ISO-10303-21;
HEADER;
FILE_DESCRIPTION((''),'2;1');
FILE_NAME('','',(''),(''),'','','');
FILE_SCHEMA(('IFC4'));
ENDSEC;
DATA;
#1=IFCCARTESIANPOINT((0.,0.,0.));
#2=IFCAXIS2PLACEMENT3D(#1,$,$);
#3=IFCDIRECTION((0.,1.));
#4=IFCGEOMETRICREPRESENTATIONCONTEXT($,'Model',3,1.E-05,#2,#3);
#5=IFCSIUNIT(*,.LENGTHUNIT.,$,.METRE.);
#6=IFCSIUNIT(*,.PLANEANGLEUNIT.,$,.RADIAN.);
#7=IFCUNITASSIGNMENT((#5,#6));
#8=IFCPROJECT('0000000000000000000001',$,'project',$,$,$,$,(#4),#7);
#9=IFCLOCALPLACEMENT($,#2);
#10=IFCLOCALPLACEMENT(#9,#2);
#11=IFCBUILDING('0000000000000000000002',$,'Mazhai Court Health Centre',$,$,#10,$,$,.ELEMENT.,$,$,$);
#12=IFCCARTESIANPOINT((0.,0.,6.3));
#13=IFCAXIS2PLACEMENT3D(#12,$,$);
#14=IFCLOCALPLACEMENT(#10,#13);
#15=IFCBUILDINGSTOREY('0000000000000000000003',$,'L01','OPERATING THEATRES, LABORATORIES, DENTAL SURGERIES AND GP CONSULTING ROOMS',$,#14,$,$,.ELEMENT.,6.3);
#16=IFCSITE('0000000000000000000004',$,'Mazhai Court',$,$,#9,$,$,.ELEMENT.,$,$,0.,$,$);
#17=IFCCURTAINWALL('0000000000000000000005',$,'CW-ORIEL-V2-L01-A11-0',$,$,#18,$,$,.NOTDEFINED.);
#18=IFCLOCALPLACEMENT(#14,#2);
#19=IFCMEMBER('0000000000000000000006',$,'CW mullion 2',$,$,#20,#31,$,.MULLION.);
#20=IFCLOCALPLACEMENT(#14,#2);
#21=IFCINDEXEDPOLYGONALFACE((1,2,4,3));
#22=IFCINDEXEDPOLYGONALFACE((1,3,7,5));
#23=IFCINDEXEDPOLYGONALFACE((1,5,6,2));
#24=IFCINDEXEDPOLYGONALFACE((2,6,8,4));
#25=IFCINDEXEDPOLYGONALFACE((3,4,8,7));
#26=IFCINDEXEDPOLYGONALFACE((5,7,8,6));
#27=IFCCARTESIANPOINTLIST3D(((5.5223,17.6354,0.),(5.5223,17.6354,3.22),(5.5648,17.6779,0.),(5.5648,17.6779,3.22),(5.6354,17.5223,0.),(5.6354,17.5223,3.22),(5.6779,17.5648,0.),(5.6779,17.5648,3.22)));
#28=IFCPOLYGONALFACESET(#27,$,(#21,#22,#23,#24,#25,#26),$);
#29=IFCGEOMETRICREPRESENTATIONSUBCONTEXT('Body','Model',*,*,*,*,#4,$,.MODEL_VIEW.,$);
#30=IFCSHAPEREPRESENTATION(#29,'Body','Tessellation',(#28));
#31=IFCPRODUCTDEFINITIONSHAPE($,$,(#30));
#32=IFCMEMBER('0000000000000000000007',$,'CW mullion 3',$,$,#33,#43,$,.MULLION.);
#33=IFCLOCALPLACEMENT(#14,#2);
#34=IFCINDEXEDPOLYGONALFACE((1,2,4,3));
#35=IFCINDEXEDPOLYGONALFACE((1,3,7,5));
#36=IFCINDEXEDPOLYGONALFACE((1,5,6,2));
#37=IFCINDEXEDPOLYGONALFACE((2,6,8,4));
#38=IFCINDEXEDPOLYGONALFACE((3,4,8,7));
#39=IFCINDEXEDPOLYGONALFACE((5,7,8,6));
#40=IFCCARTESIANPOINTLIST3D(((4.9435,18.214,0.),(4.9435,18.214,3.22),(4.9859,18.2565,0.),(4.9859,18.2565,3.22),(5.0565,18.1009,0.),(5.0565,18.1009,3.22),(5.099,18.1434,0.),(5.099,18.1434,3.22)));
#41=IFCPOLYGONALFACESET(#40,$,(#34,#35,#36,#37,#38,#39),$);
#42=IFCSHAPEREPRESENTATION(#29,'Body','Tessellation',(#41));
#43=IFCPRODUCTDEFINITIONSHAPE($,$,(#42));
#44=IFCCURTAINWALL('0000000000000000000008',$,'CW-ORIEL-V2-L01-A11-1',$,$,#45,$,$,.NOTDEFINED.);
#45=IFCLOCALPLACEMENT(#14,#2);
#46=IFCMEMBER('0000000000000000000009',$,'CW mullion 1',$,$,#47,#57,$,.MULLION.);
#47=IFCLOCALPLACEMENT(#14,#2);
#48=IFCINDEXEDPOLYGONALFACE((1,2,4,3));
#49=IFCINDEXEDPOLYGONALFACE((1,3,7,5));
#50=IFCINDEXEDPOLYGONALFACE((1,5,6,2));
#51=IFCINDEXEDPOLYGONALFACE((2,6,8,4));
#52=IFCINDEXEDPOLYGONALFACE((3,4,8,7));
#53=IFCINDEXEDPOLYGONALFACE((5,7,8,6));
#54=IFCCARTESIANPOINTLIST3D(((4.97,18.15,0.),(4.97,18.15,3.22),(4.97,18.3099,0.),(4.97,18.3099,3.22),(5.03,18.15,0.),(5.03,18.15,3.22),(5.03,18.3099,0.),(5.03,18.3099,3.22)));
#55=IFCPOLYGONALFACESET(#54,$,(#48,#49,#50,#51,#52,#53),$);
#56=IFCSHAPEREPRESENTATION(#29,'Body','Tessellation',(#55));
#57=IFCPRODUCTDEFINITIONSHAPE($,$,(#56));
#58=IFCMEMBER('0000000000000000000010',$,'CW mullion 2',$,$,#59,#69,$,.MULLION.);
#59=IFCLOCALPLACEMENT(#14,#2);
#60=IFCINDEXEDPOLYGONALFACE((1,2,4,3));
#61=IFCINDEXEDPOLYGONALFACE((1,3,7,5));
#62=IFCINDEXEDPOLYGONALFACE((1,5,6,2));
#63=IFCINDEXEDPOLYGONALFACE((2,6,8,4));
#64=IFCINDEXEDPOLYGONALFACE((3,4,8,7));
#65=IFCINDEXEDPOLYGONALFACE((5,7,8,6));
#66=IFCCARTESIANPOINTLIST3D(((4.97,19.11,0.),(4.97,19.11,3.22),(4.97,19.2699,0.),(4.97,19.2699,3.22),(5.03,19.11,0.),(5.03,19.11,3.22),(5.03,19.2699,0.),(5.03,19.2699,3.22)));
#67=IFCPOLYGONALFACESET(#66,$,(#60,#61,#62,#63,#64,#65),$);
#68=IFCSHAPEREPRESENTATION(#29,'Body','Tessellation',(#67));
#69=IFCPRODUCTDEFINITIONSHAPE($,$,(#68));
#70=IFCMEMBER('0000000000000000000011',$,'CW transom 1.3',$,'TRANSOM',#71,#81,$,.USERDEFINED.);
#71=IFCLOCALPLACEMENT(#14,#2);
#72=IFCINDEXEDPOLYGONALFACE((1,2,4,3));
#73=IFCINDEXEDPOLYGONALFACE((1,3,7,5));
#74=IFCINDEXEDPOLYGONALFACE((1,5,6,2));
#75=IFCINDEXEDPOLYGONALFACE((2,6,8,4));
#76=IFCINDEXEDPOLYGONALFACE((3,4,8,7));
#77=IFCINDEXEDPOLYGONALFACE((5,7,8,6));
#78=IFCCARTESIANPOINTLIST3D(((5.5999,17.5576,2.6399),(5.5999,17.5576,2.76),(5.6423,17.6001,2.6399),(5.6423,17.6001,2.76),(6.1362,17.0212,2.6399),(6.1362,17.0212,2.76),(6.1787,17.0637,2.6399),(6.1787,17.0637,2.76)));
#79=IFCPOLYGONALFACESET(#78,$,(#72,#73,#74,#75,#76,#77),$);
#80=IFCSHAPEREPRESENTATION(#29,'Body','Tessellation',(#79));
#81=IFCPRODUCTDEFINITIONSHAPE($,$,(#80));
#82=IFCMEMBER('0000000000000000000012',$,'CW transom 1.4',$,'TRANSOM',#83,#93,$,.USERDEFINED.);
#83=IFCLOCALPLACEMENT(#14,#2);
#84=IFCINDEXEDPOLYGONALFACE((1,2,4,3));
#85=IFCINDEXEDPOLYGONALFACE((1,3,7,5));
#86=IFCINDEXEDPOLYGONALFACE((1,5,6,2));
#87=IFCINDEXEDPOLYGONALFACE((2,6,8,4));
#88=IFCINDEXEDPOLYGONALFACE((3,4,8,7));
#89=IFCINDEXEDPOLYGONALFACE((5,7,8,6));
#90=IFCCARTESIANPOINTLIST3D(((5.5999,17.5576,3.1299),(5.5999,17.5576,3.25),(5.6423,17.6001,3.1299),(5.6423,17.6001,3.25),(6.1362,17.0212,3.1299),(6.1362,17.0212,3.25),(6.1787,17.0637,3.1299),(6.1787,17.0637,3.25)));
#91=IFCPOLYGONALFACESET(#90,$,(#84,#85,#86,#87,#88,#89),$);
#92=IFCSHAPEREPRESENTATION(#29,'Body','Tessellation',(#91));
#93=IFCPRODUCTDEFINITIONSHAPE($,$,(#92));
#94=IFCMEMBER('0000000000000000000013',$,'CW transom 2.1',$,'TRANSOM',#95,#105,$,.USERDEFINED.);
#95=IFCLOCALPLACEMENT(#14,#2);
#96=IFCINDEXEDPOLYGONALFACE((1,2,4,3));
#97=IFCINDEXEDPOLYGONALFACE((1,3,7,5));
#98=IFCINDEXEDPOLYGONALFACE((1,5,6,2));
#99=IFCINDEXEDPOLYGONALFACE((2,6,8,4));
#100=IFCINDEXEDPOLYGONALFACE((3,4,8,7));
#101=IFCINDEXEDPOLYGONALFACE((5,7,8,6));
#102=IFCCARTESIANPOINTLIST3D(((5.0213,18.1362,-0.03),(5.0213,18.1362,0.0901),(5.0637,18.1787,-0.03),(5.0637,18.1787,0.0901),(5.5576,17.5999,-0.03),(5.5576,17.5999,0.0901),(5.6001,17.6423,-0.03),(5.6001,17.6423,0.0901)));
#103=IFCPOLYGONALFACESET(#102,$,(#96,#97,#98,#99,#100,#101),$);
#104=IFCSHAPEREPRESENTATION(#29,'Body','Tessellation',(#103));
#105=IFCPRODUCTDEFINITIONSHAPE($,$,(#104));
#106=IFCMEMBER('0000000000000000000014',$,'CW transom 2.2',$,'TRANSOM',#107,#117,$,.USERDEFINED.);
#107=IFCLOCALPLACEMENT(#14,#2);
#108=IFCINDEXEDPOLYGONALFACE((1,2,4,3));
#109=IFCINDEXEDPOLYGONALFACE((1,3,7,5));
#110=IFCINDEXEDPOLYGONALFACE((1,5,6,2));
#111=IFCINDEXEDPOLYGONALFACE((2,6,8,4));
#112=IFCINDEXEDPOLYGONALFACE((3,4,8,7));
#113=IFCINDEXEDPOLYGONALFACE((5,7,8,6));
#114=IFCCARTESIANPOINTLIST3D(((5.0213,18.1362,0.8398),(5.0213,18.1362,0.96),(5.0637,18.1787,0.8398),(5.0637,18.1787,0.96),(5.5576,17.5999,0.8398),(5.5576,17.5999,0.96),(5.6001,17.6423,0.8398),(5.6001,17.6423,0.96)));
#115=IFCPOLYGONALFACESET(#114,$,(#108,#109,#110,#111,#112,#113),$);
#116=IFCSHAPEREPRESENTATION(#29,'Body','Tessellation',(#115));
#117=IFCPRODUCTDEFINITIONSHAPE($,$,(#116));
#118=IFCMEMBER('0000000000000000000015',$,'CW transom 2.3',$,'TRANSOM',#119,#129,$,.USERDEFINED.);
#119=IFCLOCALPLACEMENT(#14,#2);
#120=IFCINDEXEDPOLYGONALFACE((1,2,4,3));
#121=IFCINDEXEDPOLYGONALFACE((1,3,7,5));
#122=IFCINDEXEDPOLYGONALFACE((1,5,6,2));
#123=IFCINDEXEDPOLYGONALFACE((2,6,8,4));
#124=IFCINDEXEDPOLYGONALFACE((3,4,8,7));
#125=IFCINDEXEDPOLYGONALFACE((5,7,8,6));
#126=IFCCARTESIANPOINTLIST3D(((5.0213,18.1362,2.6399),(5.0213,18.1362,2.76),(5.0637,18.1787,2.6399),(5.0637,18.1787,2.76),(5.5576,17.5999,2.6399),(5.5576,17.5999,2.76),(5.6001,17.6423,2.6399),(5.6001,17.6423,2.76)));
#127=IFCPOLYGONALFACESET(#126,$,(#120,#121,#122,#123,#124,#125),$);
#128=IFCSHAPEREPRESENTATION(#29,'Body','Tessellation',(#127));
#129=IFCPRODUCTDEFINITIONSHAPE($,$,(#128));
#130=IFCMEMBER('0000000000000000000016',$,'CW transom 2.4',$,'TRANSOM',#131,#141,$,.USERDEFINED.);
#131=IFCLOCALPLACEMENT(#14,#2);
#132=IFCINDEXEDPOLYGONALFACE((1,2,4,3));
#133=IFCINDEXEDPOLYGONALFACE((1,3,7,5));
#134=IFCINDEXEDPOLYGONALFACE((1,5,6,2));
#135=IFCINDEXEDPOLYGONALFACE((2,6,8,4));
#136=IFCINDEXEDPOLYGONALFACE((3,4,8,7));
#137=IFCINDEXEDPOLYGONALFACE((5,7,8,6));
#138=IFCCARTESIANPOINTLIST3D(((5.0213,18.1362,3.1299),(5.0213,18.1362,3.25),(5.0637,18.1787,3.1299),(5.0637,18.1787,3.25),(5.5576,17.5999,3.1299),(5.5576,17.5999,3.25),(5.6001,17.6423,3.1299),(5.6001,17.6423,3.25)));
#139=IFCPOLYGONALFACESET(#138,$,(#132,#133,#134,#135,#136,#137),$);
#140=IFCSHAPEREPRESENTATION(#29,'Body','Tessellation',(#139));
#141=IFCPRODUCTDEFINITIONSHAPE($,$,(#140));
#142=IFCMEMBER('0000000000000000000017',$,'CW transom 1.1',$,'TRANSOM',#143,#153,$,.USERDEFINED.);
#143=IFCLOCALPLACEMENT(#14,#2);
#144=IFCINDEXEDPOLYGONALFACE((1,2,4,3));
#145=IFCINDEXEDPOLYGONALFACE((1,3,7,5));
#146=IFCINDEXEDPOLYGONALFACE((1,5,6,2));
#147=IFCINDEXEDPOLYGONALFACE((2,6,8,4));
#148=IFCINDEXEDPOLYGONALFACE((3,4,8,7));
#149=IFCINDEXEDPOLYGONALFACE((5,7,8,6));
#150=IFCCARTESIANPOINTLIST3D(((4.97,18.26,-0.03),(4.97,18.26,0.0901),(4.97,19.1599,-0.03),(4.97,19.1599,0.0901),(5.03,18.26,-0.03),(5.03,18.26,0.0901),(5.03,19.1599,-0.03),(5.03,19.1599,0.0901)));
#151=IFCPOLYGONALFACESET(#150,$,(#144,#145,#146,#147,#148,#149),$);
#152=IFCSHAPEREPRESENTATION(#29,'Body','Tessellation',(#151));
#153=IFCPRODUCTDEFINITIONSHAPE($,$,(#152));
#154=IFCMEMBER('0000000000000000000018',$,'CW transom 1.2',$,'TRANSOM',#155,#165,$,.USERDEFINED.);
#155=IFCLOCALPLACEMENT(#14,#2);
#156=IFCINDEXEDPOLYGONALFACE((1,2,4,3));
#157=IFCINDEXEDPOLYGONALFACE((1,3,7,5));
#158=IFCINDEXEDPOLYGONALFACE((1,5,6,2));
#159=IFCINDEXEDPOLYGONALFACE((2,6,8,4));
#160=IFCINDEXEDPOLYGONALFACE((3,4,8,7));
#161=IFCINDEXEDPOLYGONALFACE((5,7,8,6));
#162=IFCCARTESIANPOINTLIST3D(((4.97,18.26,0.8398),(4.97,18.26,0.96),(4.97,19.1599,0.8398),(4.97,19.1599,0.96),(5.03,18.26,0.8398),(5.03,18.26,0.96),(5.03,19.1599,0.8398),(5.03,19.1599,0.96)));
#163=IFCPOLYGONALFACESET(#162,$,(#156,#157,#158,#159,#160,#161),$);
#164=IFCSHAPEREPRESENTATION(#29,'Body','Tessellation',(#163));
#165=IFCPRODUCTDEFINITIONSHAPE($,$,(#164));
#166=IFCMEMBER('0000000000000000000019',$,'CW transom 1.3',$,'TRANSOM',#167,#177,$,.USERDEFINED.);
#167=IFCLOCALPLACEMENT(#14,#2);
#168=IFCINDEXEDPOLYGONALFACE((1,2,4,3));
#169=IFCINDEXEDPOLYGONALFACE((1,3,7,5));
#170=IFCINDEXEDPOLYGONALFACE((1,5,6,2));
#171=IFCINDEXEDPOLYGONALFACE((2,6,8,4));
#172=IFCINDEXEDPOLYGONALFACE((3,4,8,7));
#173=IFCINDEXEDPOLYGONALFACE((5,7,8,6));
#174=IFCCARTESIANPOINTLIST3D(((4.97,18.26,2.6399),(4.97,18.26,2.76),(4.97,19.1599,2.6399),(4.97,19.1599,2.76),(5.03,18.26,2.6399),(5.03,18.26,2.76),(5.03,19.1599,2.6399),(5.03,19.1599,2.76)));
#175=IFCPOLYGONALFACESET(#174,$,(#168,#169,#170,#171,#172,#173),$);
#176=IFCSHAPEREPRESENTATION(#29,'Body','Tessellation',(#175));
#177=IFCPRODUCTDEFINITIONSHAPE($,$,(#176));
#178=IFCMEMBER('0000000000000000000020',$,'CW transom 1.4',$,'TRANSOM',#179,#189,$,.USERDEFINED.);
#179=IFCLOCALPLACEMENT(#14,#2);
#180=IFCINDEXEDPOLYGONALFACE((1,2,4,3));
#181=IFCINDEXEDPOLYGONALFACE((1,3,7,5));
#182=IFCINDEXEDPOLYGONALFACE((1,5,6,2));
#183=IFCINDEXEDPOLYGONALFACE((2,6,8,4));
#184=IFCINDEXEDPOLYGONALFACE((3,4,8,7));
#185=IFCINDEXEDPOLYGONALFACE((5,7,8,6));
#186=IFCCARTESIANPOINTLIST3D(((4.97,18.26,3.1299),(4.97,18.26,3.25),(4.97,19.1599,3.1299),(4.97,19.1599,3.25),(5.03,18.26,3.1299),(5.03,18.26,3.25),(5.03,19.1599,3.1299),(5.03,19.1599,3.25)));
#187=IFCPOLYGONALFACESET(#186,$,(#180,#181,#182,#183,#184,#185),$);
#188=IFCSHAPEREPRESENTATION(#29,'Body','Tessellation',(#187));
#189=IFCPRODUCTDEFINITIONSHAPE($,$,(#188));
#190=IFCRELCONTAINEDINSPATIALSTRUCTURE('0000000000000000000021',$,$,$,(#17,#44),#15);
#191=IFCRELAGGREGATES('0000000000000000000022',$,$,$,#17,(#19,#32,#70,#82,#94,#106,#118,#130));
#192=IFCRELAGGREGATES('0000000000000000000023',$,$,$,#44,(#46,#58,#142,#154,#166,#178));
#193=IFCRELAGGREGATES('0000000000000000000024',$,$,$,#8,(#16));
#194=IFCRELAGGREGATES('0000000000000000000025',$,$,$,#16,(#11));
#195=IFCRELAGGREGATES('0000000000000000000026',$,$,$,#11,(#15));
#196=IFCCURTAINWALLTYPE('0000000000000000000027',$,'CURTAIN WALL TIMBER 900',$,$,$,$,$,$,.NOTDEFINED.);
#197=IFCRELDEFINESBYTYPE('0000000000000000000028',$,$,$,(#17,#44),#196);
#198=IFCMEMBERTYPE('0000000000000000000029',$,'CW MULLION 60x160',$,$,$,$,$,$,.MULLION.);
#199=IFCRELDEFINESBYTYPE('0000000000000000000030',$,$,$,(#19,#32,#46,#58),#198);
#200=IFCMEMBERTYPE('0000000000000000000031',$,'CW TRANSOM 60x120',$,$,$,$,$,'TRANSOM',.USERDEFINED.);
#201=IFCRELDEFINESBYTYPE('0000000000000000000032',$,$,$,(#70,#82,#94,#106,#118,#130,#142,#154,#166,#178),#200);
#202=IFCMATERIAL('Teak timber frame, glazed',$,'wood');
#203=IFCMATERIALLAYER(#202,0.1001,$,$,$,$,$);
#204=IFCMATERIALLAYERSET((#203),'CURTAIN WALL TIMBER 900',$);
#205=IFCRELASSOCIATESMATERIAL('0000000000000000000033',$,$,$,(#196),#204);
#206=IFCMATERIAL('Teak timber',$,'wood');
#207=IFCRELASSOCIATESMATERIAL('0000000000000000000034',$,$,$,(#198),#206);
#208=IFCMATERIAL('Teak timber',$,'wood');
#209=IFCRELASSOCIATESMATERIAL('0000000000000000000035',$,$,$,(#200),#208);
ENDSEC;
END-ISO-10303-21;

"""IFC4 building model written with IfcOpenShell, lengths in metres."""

from ifc_helpers import new_model, si_unit, direction, frame, origin, origin_2d, place, context, subcontext, project, spatial, rectangle, extrude, material, layer, layer_set, material_profile, profile_set, type_object, element, aggregate, save


model = new_model("IFC4")

# Units and contexts
model_context = context("Model", 3, precision=1e-05, world=origin(), true_north=direction((0.0, 1.0)))
body_context = subcontext(model_context, "Body", "Model", "MODEL_VIEW")
ifc_project = project(units=[si_unit("LENGTHUNIT", "METRE"), si_unit("PLANEANGLEUNIT", "RADIAN")], contexts=[model_context])

# Site, building, storey
site_placement = place(None, origin())
site = spatial("IfcSite", under=ifc_project, at=site_placement, Name="Mazhai Court", CompositionType="ELEMENT", RefElevation=0.0)
building_placement = place(site_placement, origin())
building = spatial("IfcBuilding", under=site, at=building_placement, Name="Mazhai Court Health Centre", CompositionType="ELEMENT")
storey_placement = place(building_placement, frame((0.0, 0.0, 6.3)))
storey = spatial("IfcBuildingStorey", under=building, at=storey_placement, Name="L01", Description="OPERATING THEATRES, LABORATORIES, DENTAL SURGERIES AND GP CONSULTING ROOMS", CompositionType="ELEMENT", Elevation=6.3)

# Curtain walls, members
ifc_material_1 = material(Name="Teak timber frame, glazed", Category="wood")
ifc_layer_1 = layer(ifc_material_1, 0.1001)
ifc_layer_set_1 = layer_set([ifc_layer_1], Name="CURTAIN WALL TIMBER 900")
curtain_wall_type = type_object("IfcCurtainWallType", Name="CURTAIN WALL TIMBER 900", PredefinedType="NOTDEFINED", material=ifc_layer_set_1)
curtain_wall_1_placement = place(storey_placement, origin())
curtain_wall_1 = element("IfcCurtainWall", 1, at=curtain_wall_1_placement, inside=storey, type_object=curtain_wall_type, Name="CW-ORIEL-V2-L01-A11-0", PredefinedType="NOTDEFINED")
ifc_material_2 = material(Name="Teak timber", Category="wood")
ifc_material_profile_1 = material_profile(ifc_material_2, rectangle(XDim=0.0601, YDim=0.1599, at=origin_2d()), Name="CW MULLION 60x160")
ifc_profile_set_1 = profile_set([ifc_material_profile_1], Name="Teak timber")
member_type_1 = type_object("IfcMemberType", Name="CW MULLION 60x160", PredefinedType="MULLION", material=ifc_profile_set_1)
member_1_placement = place(storey_placement, frame((5.6001, 17.6001, 0.0), z_axis=(0.0, 0.0, 1.0), x_axis=(-0.707107, -0.707107, 0.0)))
member_1 = element("IfcMember", 2, at=member_1_placement, type_object=member_type_1, Name="CW mullion 2", PredefinedType="MULLION", context=body_context, shape_type="SweptSolid", body=[
    extrude(rectangle(XDim=0.0601, YDim=0.1599, at=origin_2d()), origin(), (0.0, 0.0, 1.0), 3.22),
])
member_2_placement = place(storey_placement, frame((5.0212, 18.1787, 0.0), z_axis=(0.0, 0.0, 1.0), x_axis=(-0.707107, -0.707107, 0.0)))
member_2 = element("IfcMember", 3, at=member_2_placement, type_object=member_type_1, Name="CW mullion 3", PredefinedType="MULLION", context=body_context, shape_type="SweptSolid", body=[
    extrude(rectangle(XDim=0.0601, YDim=0.1599, at=origin_2d()), origin(), (0.0, 0.0, 1.0), 3.22),
])
curtain_wall_2_placement = place(storey_placement, origin())
curtain_wall_2 = element("IfcCurtainWall", 4, at=curtain_wall_2_placement, inside=storey, type_object=curtain_wall_type, Name="CW-ORIEL-V2-L01-A11-1", PredefinedType="NOTDEFINED")
member_3_placement = place(storey_placement, frame((5.0, 18.23, 0.0), z_axis=(0.0, 0.0, 1.0), x_axis=(-1.0, 0.0, 0.0)))
member_3 = element("IfcMember", 5, at=member_3_placement, type_object=member_type_1, Name="CW mullion 1", PredefinedType="MULLION", context=body_context, shape_type="SweptSolid", body=[
    extrude(rectangle(XDim=0.0601, YDim=0.1599, at=origin_2d()), origin(), (0.0, 0.0, 1.0), 3.22),
])
member_4_placement = place(storey_placement, frame((5.0, 19.1899, 0.0), z_axis=(0.0, 0.0, 1.0), x_axis=(-1.0, 0.0, 0.0)))
member_4 = element("IfcMember", 6, at=member_4_placement, type_object=member_type_1, Name="CW mullion 2", PredefinedType="MULLION", context=body_context, shape_type="SweptSolid", body=[
    extrude(rectangle(XDim=0.0601, YDim=0.1599, at=origin_2d()), origin(), (0.0, 0.0, 1.0), 3.22),
])

# Members
ifc_material_3 = material(Name="Teak timber", Category="wood")
ifc_material_profile_2 = material_profile(ifc_material_3, rectangle(XDim=0.0601, YDim=0.1201, at=origin_2d()), Name="CW TRANSOM 60x120")
ifc_profile_set_2 = profile_set([ifc_material_profile_2], Name="Teak timber")
member_type_2 = type_object("IfcMemberType", Name="CW TRANSOM 60x120", ElementType="TRANSOM", PredefinedType="USERDEFINED", material=ifc_profile_set_2)
member_5_placement = place(storey_placement, frame((6.1575, 17.0425, 2.7), z_axis=(-0.707107, 0.707107, 0.0), x_axis=(-0.707107, -0.707107, 0.0)))
member_5 = element("IfcMember", 7, at=member_5_placement, type_object=member_type_2, Name="CW transom 1.3", ObjectType="TRANSOM", PredefinedType="USERDEFINED", context=body_context, shape_type="SweptSolid", body=[
    extrude(rectangle(XDim=0.0601, YDim=0.1201, at=origin_2d()), origin(), (0.0, 0.0, 1.0), 0.7585),
])
member_6_placement = place(storey_placement, frame((6.1575, 17.0425, 3.1899), z_axis=(-0.707107, 0.707107, 0.0), x_axis=(-0.707107, -0.707107, 0.0)))
member_6 = element("IfcMember", 8, at=member_6_placement, type_object=member_type_2, Name="CW transom 1.4", ObjectType="TRANSOM", PredefinedType="USERDEFINED", context=body_context, shape_type="SweptSolid", body=[
    extrude(rectangle(XDim=0.0601, YDim=0.1201, at=origin_2d()), origin(), (0.0, 0.0, 1.0), 0.7585),
])
member_7_placement = place(storey_placement, frame((5.5789, 17.6211, 0.03), z_axis=(-0.707107, 0.707107, 0.0), x_axis=(-0.707107, -0.707107, 0.0)))
member_7 = element("IfcMember", 9, at=member_7_placement, type_object=member_type_2, Name="CW transom 2.1", ObjectType="TRANSOM", PredefinedType="USERDEFINED", context=body_context, shape_type="SweptSolid", body=[
    extrude(rectangle(XDim=0.0601, YDim=0.1201, at=origin_2d()), origin(), (0.0, 0.0, 1.0), 0.7585),
])
member_8_placement = place(storey_placement, frame((5.5789, 17.6211, 0.8999), z_axis=(-0.707107, 0.707107, 0.0), x_axis=(-0.707107, -0.707107, 0.0)))
member_8 = element("IfcMember", 10, at=member_8_placement, type_object=member_type_2, Name="CW transom 2.2", ObjectType="TRANSOM", PredefinedType="USERDEFINED", context=body_context, shape_type="SweptSolid", body=[
    extrude(rectangle(XDim=0.0601, YDim=0.1201, at=origin_2d()), origin(), (0.0, 0.0, 1.0), 0.7585),
])
member_9_placement = place(storey_placement, frame((5.5789, 17.6211, 2.7), z_axis=(-0.707107, 0.707107, 0.0), x_axis=(-0.707107, -0.707107, 0.0)))
member_9 = element("IfcMember", 11, at=member_9_placement, type_object=member_type_2, Name="CW transom 2.3", ObjectType="TRANSOM", PredefinedType="USERDEFINED", context=body_context, shape_type="SweptSolid", body=[
    extrude(rectangle(XDim=0.0601, YDim=0.1201, at=origin_2d()), origin(), (0.0, 0.0, 1.0), 0.7585),
])
member_10_placement = place(storey_placement, frame((5.5789, 17.6211, 3.1899), z_axis=(-0.707107, 0.707107, 0.0), x_axis=(-0.707107, -0.707107, 0.0)))
member_10 = element("IfcMember", 12, at=member_10_placement, type_object=member_type_2, Name="CW transom 2.4", ObjectType="TRANSOM", PredefinedType="USERDEFINED", context=body_context, shape_type="SweptSolid", body=[
    extrude(rectangle(XDim=0.0601, YDim=0.1201, at=origin_2d()), origin(), (0.0, 0.0, 1.0), 0.7585),
])
member_11_placement = place(storey_placement, frame((5.0, 18.26, 0.03), z_axis=(0.0, 1.0, 0.0), x_axis=(-1.0, 0.0, 0.0)))
member_11 = element("IfcMember", 13, at=member_11_placement, type_object=member_type_2, Name="CW transom 1.1", ObjectType="TRANSOM", PredefinedType="USERDEFINED", context=body_context, shape_type="SweptSolid", body=[
    extrude(rectangle(XDim=0.0601, YDim=0.1201, at=origin_2d()), origin(), (0.0, 0.0, 1.0), 0.8999),
])
member_12_placement = place(storey_placement, frame((5.0, 18.26, 0.8999), z_axis=(0.0, 1.0, 0.0), x_axis=(-1.0, 0.0, 0.0)))
member_12 = element("IfcMember", 14, at=member_12_placement, type_object=member_type_2, Name="CW transom 1.2", ObjectType="TRANSOM", PredefinedType="USERDEFINED", context=body_context, shape_type="SweptSolid", body=[
    extrude(rectangle(XDim=0.0601, YDim=0.1201, at=origin_2d()), origin(), (0.0, 0.0, 1.0), 0.8999),
])
member_13_placement = place(storey_placement, frame((5.0, 18.26, 2.7), z_axis=(0.0, 1.0, 0.0), x_axis=(-1.0, 0.0, 0.0)))
member_13 = element("IfcMember", 15, at=member_13_placement, type_object=member_type_2, Name="CW transom 1.3", ObjectType="TRANSOM", PredefinedType="USERDEFINED", context=body_context, shape_type="SweptSolid", body=[
    extrude(rectangle(XDim=0.0601, YDim=0.1201, at=origin_2d()), origin(), (0.0, 0.0, 1.0), 0.8999),
])
member_14_placement = place(storey_placement, frame((5.0, 18.26, 3.1899), z_axis=(0.0, 1.0, 0.0), x_axis=(-1.0, 0.0, 0.0)))
member_14 = element("IfcMember", 16, at=member_14_placement, type_object=member_type_2, Name="CW transom 1.4", ObjectType="TRANSOM", PredefinedType="USERDEFINED", context=body_context, shape_type="SweptSolid", body=[
    extrude(rectangle(XDim=0.0601, YDim=0.1201, at=origin_2d()), origin(), (0.0, 0.0, 1.0), 0.8999),
])

aggregate(curtain_wall_1, [member_1, member_2, member_5, member_6, member_7, member_8, member_9, member_10])
aggregate(curtain_wall_2, [member_3, member_4, member_11, member_12, member_13, member_14])

save(model, "model.ifc")
